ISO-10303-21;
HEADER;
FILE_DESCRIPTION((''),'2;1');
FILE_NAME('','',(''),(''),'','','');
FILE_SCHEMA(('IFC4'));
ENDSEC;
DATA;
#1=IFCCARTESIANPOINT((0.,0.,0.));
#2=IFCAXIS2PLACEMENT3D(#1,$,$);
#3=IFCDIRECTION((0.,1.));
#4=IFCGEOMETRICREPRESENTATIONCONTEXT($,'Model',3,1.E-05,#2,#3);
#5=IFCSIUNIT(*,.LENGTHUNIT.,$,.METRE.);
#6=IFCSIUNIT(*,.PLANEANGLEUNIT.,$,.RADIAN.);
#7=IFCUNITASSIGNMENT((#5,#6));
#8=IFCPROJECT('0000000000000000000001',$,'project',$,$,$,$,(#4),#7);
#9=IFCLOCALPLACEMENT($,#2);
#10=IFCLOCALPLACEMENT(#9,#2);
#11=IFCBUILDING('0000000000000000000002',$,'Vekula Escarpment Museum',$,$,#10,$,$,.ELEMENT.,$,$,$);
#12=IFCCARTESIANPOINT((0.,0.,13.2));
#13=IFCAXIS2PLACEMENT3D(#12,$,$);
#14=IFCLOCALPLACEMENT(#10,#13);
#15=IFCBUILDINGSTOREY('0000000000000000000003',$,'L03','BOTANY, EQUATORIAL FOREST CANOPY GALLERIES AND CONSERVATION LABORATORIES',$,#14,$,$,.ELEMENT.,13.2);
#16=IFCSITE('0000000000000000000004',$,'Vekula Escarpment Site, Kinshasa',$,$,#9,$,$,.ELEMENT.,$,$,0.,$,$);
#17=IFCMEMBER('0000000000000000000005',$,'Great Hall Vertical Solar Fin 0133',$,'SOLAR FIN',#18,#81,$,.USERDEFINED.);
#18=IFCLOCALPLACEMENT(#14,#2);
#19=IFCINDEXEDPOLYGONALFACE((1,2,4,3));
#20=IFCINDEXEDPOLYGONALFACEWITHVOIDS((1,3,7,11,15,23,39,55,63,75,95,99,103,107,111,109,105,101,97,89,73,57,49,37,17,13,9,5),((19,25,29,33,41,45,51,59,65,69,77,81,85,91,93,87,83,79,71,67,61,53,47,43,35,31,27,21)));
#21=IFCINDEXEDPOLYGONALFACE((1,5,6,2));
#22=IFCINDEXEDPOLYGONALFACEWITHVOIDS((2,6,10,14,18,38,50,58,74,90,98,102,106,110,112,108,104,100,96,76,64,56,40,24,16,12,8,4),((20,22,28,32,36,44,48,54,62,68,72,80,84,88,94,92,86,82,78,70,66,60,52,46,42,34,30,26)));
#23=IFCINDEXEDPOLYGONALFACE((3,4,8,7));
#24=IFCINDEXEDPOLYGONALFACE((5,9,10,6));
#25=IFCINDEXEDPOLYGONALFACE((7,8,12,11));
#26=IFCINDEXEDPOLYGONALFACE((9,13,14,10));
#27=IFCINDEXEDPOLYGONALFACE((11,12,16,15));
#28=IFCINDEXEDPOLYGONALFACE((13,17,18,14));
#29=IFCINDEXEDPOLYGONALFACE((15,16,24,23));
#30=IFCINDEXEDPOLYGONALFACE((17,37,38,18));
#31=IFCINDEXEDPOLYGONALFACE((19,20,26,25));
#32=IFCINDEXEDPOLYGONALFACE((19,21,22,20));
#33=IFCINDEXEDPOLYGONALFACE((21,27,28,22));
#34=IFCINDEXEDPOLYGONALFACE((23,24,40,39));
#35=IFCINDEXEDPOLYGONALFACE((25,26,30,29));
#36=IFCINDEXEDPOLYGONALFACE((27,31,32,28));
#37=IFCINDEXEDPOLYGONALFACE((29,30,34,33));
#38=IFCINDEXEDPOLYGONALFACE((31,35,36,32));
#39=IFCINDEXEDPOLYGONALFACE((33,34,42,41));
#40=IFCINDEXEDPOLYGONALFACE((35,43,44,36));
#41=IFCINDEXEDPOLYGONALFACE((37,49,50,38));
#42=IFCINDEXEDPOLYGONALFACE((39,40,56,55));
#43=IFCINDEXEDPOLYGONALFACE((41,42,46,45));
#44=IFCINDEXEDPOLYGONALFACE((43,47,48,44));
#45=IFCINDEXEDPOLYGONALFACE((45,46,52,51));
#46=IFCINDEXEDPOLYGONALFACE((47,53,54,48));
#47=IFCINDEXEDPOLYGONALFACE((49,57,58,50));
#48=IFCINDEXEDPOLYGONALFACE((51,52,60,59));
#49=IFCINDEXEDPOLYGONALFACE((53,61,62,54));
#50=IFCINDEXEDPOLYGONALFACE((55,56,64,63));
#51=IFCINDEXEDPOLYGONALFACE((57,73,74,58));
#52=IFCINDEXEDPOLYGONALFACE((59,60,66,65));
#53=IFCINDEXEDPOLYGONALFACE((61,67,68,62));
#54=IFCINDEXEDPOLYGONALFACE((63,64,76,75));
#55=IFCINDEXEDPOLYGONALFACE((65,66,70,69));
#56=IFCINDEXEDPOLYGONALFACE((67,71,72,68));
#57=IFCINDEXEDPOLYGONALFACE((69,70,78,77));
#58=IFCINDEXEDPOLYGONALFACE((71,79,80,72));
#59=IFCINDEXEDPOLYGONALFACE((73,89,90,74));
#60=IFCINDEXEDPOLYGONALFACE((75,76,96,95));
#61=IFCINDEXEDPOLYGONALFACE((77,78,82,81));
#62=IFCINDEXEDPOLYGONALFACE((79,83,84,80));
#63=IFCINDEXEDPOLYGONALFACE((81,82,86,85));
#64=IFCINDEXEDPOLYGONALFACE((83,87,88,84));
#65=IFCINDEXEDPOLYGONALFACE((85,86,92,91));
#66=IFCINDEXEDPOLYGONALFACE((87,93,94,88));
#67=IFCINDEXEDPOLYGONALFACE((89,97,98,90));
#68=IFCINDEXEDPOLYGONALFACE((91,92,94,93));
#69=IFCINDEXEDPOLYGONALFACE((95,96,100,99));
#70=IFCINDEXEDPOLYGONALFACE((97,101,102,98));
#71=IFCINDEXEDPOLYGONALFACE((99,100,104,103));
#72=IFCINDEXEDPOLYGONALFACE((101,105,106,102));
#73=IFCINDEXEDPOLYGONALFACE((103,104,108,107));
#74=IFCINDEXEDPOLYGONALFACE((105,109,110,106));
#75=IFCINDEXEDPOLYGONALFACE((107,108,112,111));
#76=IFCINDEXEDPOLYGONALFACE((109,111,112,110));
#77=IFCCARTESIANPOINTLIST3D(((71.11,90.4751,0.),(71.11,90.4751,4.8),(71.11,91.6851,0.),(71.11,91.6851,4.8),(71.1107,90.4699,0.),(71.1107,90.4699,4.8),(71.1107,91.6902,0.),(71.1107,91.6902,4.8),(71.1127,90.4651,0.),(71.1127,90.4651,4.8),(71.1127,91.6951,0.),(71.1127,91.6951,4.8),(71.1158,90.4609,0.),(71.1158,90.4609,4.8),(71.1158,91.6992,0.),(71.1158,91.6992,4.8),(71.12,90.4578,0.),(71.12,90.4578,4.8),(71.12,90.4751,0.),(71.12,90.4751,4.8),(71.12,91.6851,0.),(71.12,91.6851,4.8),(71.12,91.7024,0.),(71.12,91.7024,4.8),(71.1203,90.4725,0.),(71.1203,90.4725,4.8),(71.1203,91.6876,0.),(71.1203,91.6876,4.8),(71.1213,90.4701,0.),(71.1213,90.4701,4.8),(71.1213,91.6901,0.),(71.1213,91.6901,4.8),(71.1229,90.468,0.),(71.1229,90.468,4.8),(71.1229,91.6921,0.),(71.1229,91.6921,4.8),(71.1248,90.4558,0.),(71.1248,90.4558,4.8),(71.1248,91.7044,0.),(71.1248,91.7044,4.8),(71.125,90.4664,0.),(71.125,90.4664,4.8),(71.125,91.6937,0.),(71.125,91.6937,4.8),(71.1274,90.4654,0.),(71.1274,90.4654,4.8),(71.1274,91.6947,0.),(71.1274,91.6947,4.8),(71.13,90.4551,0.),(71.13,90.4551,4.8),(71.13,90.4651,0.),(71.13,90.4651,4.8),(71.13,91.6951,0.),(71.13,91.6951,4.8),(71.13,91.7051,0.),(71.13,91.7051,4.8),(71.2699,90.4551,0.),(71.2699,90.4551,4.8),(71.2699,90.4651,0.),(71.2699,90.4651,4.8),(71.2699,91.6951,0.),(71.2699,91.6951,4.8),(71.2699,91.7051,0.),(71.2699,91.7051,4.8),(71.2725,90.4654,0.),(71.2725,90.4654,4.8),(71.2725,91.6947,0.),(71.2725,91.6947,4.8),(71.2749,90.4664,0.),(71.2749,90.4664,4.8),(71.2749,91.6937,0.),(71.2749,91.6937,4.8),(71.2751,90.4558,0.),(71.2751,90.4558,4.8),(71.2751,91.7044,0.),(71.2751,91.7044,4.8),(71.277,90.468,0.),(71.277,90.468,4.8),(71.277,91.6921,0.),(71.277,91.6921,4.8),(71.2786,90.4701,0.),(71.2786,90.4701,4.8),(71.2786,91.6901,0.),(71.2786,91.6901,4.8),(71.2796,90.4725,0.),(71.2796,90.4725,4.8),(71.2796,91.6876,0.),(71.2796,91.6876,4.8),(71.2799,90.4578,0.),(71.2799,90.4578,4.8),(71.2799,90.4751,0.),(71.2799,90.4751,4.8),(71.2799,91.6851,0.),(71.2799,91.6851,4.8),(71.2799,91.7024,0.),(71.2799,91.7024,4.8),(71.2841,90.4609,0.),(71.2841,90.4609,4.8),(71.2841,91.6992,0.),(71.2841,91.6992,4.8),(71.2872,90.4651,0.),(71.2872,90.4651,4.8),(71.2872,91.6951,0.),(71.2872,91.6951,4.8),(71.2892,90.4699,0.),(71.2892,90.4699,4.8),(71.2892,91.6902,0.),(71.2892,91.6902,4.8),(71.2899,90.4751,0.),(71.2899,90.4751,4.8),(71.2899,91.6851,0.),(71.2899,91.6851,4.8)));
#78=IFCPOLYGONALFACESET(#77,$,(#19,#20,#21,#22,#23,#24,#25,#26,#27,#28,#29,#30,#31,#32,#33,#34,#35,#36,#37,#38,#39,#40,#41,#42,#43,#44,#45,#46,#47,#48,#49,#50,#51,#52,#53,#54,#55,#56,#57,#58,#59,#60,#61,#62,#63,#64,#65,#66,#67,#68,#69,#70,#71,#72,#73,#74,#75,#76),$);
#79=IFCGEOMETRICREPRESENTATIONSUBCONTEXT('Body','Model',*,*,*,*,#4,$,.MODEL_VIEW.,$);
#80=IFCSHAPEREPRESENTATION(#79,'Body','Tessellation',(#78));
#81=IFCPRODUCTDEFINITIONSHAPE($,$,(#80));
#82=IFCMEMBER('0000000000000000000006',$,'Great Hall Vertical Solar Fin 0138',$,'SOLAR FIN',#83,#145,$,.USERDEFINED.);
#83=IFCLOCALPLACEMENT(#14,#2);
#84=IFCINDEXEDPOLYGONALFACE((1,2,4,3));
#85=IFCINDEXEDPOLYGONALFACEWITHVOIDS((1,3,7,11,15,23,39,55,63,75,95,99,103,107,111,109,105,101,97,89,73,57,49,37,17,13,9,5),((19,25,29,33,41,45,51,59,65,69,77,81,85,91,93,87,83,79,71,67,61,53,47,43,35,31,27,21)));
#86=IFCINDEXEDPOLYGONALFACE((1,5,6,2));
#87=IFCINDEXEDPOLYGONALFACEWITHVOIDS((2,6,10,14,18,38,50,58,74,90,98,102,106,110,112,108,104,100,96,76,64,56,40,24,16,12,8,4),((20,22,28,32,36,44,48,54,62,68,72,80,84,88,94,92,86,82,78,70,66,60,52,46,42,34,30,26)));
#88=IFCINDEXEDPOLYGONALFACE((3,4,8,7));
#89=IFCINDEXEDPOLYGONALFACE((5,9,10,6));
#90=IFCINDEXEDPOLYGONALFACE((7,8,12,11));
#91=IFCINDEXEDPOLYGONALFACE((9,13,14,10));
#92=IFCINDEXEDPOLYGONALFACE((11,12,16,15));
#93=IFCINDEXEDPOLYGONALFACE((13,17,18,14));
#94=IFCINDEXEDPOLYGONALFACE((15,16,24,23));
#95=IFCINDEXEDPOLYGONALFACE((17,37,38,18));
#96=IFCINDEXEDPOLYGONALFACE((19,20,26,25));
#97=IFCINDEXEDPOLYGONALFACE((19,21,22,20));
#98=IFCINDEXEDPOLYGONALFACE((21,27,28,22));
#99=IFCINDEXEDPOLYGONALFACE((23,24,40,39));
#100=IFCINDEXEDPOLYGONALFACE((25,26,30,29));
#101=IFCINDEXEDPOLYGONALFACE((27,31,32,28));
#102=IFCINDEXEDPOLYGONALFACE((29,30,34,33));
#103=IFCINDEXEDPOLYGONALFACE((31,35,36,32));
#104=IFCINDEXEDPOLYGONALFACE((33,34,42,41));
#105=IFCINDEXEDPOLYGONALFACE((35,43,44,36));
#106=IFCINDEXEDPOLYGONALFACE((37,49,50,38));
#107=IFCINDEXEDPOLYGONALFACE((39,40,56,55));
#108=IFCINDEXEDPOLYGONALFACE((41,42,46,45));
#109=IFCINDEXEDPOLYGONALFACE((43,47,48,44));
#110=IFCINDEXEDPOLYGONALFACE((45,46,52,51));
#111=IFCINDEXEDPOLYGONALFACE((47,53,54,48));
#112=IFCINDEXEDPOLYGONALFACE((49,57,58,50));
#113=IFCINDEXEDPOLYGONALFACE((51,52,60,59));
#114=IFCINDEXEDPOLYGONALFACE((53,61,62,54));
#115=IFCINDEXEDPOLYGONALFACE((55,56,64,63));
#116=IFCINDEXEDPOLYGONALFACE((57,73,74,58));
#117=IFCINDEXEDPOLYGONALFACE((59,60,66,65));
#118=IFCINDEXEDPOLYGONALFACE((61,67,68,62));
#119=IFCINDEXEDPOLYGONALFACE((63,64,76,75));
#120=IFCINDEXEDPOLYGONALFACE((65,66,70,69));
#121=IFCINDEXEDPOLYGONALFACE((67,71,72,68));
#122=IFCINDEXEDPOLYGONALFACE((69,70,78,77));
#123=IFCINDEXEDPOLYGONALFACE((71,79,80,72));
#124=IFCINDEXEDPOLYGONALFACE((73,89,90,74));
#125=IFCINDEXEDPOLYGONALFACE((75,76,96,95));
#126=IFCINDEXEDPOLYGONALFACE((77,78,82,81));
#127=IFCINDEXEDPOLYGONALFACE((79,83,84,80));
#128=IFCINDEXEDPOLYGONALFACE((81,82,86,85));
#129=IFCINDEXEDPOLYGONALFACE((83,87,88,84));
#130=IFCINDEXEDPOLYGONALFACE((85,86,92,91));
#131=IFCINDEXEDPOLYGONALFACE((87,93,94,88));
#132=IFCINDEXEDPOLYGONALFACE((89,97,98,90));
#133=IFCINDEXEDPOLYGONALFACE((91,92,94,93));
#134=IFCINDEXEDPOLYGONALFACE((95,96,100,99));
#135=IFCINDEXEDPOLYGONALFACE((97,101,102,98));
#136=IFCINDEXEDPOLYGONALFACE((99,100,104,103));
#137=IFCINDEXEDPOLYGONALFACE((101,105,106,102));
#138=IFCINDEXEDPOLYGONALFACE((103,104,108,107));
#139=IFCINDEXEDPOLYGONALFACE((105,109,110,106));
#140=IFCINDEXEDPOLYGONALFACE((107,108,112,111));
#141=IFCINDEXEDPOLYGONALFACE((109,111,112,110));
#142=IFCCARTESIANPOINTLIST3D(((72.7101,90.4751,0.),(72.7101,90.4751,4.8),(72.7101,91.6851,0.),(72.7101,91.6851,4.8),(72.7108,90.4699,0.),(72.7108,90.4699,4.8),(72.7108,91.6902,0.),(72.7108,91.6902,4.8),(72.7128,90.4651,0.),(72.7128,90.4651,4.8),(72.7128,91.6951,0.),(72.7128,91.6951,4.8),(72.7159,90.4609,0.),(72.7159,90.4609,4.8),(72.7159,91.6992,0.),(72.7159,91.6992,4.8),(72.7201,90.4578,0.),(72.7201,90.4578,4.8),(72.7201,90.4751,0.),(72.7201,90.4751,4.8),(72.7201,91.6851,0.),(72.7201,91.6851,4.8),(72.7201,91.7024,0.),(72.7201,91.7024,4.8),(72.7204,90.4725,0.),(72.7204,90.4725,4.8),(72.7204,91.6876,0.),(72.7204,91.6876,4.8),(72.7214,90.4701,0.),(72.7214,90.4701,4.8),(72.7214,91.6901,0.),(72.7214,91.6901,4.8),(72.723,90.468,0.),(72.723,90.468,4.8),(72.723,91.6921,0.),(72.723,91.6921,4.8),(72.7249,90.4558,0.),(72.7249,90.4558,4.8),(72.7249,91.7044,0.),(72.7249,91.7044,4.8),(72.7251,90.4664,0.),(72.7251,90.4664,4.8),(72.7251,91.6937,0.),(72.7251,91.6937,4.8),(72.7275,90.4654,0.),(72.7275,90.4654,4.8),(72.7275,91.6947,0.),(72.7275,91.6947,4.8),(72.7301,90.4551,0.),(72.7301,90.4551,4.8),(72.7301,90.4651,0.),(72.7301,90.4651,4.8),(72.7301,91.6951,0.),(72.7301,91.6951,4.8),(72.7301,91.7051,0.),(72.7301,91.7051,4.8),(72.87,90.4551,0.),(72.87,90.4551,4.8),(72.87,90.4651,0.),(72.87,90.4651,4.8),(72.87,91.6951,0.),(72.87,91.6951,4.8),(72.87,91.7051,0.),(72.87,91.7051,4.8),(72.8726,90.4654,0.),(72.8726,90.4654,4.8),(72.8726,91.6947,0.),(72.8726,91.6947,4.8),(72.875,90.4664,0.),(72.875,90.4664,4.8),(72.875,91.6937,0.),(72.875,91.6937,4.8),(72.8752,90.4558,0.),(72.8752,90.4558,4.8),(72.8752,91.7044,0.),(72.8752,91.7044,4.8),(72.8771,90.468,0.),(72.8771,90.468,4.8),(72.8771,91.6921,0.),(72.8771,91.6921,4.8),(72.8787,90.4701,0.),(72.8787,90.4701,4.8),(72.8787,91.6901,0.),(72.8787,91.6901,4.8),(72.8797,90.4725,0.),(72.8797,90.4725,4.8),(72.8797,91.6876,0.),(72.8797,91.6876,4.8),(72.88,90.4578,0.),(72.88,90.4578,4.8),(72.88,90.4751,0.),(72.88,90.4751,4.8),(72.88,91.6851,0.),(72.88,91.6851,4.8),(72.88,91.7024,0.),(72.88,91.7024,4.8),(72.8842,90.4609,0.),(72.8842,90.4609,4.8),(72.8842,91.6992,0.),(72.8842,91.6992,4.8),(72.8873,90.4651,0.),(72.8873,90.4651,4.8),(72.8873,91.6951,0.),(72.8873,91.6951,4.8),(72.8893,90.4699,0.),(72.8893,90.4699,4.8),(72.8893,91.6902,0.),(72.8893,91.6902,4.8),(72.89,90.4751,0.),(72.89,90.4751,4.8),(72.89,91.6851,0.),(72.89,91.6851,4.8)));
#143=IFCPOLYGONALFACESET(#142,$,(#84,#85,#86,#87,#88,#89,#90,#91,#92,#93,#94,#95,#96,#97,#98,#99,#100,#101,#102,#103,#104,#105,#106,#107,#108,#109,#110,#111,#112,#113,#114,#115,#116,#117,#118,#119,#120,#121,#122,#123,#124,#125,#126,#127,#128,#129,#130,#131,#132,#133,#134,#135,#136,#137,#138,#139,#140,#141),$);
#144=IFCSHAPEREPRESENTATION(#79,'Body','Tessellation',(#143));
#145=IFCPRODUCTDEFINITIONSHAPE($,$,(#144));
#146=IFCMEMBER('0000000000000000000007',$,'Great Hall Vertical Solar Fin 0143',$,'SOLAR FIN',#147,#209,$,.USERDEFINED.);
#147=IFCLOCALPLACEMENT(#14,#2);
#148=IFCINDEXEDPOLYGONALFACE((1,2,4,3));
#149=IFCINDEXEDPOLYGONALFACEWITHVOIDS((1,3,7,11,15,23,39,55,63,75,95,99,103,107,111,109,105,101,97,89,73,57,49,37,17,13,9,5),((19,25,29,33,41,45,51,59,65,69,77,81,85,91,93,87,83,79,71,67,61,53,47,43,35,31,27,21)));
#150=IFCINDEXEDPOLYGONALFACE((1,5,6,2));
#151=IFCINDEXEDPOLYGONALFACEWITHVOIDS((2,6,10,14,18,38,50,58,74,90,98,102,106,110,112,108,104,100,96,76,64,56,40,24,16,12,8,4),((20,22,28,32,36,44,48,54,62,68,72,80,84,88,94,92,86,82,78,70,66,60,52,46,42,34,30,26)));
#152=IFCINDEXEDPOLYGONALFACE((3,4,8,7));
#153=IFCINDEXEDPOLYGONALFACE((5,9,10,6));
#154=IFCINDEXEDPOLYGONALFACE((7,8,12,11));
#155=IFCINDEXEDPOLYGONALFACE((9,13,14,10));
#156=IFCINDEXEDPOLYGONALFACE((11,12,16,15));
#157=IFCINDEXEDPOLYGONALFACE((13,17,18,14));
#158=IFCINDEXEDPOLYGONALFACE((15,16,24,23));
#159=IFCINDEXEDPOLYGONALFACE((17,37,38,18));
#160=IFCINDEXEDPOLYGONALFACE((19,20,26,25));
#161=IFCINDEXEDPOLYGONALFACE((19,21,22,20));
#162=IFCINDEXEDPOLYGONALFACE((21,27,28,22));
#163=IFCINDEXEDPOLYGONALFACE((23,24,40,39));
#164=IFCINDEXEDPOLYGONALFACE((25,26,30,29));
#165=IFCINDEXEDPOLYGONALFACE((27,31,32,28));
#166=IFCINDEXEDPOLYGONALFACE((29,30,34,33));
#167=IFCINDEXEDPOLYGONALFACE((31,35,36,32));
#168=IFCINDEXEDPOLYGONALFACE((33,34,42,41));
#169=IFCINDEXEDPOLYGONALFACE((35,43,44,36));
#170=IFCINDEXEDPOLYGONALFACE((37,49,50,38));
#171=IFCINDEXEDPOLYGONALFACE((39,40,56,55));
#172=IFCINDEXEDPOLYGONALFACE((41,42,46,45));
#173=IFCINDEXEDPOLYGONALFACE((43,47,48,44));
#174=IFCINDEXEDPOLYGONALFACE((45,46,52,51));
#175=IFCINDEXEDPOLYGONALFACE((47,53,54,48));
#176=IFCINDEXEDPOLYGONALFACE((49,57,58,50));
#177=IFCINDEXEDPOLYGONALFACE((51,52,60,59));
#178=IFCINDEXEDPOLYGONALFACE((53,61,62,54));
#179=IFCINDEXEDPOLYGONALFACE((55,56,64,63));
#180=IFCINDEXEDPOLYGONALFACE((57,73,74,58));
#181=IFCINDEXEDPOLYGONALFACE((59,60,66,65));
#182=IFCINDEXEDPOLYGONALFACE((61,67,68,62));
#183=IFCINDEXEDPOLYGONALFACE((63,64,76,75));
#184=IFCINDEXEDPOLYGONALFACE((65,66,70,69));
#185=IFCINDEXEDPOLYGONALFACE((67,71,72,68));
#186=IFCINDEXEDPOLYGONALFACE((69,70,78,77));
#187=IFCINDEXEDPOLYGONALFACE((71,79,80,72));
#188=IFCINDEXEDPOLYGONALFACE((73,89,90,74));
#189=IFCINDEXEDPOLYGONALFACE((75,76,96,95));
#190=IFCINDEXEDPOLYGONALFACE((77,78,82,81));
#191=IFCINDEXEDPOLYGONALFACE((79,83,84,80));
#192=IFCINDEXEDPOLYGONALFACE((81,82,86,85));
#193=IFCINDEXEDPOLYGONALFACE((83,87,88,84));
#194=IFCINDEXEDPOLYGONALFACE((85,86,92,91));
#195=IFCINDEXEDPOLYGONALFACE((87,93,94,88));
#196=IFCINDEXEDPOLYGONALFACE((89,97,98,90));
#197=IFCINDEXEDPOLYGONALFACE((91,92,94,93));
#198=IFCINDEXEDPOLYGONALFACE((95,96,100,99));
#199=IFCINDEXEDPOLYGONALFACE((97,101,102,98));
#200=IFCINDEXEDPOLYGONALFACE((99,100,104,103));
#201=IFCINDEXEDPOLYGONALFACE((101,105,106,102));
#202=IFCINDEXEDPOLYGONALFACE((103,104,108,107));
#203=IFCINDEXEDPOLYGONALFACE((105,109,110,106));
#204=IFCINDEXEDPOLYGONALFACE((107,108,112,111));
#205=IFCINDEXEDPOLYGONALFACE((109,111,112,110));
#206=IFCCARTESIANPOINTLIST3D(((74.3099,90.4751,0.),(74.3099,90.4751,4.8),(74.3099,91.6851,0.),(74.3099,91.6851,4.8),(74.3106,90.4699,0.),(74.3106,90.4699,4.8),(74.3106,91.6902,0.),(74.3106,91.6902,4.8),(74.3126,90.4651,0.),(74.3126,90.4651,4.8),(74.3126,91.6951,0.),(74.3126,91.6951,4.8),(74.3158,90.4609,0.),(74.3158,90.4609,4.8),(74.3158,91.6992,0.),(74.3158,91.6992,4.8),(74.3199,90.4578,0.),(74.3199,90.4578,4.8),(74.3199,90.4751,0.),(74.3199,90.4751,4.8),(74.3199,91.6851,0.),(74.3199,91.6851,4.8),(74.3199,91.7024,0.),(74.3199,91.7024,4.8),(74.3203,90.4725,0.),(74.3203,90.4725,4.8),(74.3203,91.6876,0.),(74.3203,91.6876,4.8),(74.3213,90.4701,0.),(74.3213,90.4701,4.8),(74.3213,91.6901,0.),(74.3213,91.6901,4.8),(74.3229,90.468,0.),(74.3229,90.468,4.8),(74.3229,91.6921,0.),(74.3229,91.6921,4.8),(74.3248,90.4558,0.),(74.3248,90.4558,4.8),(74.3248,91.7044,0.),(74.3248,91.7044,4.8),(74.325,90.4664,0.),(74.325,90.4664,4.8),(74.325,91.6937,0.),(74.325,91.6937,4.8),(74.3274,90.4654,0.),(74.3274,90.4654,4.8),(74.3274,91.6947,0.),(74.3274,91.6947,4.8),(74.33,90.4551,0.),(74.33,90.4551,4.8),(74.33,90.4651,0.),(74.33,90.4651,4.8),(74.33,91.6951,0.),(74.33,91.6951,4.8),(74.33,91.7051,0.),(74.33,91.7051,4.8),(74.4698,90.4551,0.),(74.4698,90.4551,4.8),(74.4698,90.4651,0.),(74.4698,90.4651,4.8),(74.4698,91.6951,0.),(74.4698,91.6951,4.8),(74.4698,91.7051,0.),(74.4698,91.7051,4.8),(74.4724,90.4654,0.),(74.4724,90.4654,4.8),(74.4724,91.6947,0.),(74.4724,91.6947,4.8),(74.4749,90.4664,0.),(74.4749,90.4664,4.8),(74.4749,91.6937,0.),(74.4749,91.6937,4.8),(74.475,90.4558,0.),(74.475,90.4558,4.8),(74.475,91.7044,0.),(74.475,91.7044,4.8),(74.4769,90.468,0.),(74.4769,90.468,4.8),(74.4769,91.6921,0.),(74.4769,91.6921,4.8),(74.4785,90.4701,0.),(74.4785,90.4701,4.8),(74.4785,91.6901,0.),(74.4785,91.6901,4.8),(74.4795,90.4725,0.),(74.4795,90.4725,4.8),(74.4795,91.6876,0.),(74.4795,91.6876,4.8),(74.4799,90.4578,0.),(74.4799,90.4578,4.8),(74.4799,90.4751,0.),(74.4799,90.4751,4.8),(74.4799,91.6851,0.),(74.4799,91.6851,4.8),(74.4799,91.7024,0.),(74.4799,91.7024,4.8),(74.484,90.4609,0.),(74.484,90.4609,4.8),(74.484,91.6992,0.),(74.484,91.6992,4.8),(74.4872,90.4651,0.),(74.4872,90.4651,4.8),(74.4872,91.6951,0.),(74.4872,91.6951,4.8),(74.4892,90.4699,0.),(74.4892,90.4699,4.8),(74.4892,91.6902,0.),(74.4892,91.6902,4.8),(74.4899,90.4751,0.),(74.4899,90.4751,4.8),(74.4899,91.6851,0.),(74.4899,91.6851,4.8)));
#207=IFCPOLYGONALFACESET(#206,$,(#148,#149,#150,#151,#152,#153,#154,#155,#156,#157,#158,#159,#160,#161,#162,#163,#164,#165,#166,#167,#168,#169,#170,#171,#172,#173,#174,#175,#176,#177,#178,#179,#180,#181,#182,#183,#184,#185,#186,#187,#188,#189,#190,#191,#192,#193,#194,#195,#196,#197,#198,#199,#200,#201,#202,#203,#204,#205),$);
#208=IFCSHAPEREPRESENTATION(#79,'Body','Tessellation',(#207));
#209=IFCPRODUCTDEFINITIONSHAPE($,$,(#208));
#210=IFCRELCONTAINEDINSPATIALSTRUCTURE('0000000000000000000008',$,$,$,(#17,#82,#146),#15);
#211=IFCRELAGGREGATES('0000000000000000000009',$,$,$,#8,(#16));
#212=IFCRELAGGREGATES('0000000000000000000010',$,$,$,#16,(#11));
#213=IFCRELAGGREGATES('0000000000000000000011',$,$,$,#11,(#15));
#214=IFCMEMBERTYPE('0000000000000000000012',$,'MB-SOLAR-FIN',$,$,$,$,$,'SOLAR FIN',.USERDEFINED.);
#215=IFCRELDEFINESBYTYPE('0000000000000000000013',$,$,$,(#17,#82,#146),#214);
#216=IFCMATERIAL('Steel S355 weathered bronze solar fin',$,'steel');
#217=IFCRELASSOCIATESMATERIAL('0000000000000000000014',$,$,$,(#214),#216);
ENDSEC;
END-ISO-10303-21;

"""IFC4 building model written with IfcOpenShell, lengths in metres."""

from ifc_helpers import new_model, si_unit, direction, frame, origin, origin_2d, place, context, subcontext, project, spatial, hollow_rectangle, extrude, material, material_profile, profile_set, type_object, element, save


model = new_model("IFC4")

# Units and contexts
model_context = context("Model", 3, precision=1e-05, world=origin(), true_north=direction((0.0, 1.0)))
body_context = subcontext(model_context, "Body", "Model", "MODEL_VIEW")
ifc_project = project(units=[si_unit("LENGTHUNIT", "METRE"), si_unit("PLANEANGLEUNIT", "RADIAN")], contexts=[model_context])

# Site, building, storey
site_placement = place(None, origin())
site = spatial("IfcSite", under=ifc_project, at=site_placement, Name="Vekula Escarpment Site, Kinshasa", CompositionType="ELEMENT", RefElevation=0.0)
building_placement = place(site_placement, origin())
building = spatial("IfcBuilding", under=site, at=building_placement, Name="Vekula Escarpment Museum", CompositionType="ELEMENT")
storey_placement = place(building_placement, frame((0.0, 0.0, 13.2)))
storey = spatial("IfcBuildingStorey", under=building, at=storey_placement, Name="L03", Description="BOTANY, EQUATORIAL FOREST CANOPY GALLERIES AND CONSERVATION LABORATORIES", CompositionType="ELEMENT", Elevation=13.2)

# Members
ifc_material_1 = material(Name="Steel S355 weathered bronze solar fin", Category="steel")
ifc_material_profile_1 = material_profile(ifc_material_1, hollow_rectangle(XDim=0.1799, YDim=1.25, WallThickness=0.01, InnerFilletRadius=0.01, OuterFilletRadius=0.02, at=origin_2d()), Name="RHS 1250x180x10")
ifc_profile_set_1 = profile_set([ifc_material_profile_1], Name="Steel S355 weathered bronze solar fin")
member_type_1 = type_object("IfcMemberType", Name="MB-SOLAR-FIN", ElementType="SOLAR FIN", PredefinedType="USERDEFINED", material=ifc_profile_set_1)
for number, where, z_axis, x_axis, name in (
    (1, (71.2, 91.0801, 0.0), (0.0, 0.0, 1.0), (1.0, 0.0, 0.0), "Great Hall Vertical Solar Fin 0133"),
    (2, (72.8, 91.0801, 0.0), (0.0, 0.0, 1.0), (1.0, 0.0, 0.0), "Great Hall Vertical Solar Fin 0138"),
    (3, (74.3999, 91.0801, 0.0), (0.0, 0.0, 1.0), (1.0, 0.0, 0.0), "Great Hall Vertical Solar Fin 0143"),
):
    element("IfcMember", number, at=place(storey_placement, frame(where, z_axis=z_axis, x_axis=x_axis)), inside=storey, type_object=member_type_1, Name=name, ObjectType="SOLAR FIN", PredefinedType="USERDEFINED", context=body_context, shape_type="SweptSolid", body=[
        extrude(hollow_rectangle(XDim=0.1799, YDim=1.25, WallThickness=0.01, InnerFilletRadius=0.01, OuterFilletRadius=0.02, at=origin_2d()), origin(), (0.0, 0.0, 1.0), 4.8),
    ])

save(model, "model.ifc")
